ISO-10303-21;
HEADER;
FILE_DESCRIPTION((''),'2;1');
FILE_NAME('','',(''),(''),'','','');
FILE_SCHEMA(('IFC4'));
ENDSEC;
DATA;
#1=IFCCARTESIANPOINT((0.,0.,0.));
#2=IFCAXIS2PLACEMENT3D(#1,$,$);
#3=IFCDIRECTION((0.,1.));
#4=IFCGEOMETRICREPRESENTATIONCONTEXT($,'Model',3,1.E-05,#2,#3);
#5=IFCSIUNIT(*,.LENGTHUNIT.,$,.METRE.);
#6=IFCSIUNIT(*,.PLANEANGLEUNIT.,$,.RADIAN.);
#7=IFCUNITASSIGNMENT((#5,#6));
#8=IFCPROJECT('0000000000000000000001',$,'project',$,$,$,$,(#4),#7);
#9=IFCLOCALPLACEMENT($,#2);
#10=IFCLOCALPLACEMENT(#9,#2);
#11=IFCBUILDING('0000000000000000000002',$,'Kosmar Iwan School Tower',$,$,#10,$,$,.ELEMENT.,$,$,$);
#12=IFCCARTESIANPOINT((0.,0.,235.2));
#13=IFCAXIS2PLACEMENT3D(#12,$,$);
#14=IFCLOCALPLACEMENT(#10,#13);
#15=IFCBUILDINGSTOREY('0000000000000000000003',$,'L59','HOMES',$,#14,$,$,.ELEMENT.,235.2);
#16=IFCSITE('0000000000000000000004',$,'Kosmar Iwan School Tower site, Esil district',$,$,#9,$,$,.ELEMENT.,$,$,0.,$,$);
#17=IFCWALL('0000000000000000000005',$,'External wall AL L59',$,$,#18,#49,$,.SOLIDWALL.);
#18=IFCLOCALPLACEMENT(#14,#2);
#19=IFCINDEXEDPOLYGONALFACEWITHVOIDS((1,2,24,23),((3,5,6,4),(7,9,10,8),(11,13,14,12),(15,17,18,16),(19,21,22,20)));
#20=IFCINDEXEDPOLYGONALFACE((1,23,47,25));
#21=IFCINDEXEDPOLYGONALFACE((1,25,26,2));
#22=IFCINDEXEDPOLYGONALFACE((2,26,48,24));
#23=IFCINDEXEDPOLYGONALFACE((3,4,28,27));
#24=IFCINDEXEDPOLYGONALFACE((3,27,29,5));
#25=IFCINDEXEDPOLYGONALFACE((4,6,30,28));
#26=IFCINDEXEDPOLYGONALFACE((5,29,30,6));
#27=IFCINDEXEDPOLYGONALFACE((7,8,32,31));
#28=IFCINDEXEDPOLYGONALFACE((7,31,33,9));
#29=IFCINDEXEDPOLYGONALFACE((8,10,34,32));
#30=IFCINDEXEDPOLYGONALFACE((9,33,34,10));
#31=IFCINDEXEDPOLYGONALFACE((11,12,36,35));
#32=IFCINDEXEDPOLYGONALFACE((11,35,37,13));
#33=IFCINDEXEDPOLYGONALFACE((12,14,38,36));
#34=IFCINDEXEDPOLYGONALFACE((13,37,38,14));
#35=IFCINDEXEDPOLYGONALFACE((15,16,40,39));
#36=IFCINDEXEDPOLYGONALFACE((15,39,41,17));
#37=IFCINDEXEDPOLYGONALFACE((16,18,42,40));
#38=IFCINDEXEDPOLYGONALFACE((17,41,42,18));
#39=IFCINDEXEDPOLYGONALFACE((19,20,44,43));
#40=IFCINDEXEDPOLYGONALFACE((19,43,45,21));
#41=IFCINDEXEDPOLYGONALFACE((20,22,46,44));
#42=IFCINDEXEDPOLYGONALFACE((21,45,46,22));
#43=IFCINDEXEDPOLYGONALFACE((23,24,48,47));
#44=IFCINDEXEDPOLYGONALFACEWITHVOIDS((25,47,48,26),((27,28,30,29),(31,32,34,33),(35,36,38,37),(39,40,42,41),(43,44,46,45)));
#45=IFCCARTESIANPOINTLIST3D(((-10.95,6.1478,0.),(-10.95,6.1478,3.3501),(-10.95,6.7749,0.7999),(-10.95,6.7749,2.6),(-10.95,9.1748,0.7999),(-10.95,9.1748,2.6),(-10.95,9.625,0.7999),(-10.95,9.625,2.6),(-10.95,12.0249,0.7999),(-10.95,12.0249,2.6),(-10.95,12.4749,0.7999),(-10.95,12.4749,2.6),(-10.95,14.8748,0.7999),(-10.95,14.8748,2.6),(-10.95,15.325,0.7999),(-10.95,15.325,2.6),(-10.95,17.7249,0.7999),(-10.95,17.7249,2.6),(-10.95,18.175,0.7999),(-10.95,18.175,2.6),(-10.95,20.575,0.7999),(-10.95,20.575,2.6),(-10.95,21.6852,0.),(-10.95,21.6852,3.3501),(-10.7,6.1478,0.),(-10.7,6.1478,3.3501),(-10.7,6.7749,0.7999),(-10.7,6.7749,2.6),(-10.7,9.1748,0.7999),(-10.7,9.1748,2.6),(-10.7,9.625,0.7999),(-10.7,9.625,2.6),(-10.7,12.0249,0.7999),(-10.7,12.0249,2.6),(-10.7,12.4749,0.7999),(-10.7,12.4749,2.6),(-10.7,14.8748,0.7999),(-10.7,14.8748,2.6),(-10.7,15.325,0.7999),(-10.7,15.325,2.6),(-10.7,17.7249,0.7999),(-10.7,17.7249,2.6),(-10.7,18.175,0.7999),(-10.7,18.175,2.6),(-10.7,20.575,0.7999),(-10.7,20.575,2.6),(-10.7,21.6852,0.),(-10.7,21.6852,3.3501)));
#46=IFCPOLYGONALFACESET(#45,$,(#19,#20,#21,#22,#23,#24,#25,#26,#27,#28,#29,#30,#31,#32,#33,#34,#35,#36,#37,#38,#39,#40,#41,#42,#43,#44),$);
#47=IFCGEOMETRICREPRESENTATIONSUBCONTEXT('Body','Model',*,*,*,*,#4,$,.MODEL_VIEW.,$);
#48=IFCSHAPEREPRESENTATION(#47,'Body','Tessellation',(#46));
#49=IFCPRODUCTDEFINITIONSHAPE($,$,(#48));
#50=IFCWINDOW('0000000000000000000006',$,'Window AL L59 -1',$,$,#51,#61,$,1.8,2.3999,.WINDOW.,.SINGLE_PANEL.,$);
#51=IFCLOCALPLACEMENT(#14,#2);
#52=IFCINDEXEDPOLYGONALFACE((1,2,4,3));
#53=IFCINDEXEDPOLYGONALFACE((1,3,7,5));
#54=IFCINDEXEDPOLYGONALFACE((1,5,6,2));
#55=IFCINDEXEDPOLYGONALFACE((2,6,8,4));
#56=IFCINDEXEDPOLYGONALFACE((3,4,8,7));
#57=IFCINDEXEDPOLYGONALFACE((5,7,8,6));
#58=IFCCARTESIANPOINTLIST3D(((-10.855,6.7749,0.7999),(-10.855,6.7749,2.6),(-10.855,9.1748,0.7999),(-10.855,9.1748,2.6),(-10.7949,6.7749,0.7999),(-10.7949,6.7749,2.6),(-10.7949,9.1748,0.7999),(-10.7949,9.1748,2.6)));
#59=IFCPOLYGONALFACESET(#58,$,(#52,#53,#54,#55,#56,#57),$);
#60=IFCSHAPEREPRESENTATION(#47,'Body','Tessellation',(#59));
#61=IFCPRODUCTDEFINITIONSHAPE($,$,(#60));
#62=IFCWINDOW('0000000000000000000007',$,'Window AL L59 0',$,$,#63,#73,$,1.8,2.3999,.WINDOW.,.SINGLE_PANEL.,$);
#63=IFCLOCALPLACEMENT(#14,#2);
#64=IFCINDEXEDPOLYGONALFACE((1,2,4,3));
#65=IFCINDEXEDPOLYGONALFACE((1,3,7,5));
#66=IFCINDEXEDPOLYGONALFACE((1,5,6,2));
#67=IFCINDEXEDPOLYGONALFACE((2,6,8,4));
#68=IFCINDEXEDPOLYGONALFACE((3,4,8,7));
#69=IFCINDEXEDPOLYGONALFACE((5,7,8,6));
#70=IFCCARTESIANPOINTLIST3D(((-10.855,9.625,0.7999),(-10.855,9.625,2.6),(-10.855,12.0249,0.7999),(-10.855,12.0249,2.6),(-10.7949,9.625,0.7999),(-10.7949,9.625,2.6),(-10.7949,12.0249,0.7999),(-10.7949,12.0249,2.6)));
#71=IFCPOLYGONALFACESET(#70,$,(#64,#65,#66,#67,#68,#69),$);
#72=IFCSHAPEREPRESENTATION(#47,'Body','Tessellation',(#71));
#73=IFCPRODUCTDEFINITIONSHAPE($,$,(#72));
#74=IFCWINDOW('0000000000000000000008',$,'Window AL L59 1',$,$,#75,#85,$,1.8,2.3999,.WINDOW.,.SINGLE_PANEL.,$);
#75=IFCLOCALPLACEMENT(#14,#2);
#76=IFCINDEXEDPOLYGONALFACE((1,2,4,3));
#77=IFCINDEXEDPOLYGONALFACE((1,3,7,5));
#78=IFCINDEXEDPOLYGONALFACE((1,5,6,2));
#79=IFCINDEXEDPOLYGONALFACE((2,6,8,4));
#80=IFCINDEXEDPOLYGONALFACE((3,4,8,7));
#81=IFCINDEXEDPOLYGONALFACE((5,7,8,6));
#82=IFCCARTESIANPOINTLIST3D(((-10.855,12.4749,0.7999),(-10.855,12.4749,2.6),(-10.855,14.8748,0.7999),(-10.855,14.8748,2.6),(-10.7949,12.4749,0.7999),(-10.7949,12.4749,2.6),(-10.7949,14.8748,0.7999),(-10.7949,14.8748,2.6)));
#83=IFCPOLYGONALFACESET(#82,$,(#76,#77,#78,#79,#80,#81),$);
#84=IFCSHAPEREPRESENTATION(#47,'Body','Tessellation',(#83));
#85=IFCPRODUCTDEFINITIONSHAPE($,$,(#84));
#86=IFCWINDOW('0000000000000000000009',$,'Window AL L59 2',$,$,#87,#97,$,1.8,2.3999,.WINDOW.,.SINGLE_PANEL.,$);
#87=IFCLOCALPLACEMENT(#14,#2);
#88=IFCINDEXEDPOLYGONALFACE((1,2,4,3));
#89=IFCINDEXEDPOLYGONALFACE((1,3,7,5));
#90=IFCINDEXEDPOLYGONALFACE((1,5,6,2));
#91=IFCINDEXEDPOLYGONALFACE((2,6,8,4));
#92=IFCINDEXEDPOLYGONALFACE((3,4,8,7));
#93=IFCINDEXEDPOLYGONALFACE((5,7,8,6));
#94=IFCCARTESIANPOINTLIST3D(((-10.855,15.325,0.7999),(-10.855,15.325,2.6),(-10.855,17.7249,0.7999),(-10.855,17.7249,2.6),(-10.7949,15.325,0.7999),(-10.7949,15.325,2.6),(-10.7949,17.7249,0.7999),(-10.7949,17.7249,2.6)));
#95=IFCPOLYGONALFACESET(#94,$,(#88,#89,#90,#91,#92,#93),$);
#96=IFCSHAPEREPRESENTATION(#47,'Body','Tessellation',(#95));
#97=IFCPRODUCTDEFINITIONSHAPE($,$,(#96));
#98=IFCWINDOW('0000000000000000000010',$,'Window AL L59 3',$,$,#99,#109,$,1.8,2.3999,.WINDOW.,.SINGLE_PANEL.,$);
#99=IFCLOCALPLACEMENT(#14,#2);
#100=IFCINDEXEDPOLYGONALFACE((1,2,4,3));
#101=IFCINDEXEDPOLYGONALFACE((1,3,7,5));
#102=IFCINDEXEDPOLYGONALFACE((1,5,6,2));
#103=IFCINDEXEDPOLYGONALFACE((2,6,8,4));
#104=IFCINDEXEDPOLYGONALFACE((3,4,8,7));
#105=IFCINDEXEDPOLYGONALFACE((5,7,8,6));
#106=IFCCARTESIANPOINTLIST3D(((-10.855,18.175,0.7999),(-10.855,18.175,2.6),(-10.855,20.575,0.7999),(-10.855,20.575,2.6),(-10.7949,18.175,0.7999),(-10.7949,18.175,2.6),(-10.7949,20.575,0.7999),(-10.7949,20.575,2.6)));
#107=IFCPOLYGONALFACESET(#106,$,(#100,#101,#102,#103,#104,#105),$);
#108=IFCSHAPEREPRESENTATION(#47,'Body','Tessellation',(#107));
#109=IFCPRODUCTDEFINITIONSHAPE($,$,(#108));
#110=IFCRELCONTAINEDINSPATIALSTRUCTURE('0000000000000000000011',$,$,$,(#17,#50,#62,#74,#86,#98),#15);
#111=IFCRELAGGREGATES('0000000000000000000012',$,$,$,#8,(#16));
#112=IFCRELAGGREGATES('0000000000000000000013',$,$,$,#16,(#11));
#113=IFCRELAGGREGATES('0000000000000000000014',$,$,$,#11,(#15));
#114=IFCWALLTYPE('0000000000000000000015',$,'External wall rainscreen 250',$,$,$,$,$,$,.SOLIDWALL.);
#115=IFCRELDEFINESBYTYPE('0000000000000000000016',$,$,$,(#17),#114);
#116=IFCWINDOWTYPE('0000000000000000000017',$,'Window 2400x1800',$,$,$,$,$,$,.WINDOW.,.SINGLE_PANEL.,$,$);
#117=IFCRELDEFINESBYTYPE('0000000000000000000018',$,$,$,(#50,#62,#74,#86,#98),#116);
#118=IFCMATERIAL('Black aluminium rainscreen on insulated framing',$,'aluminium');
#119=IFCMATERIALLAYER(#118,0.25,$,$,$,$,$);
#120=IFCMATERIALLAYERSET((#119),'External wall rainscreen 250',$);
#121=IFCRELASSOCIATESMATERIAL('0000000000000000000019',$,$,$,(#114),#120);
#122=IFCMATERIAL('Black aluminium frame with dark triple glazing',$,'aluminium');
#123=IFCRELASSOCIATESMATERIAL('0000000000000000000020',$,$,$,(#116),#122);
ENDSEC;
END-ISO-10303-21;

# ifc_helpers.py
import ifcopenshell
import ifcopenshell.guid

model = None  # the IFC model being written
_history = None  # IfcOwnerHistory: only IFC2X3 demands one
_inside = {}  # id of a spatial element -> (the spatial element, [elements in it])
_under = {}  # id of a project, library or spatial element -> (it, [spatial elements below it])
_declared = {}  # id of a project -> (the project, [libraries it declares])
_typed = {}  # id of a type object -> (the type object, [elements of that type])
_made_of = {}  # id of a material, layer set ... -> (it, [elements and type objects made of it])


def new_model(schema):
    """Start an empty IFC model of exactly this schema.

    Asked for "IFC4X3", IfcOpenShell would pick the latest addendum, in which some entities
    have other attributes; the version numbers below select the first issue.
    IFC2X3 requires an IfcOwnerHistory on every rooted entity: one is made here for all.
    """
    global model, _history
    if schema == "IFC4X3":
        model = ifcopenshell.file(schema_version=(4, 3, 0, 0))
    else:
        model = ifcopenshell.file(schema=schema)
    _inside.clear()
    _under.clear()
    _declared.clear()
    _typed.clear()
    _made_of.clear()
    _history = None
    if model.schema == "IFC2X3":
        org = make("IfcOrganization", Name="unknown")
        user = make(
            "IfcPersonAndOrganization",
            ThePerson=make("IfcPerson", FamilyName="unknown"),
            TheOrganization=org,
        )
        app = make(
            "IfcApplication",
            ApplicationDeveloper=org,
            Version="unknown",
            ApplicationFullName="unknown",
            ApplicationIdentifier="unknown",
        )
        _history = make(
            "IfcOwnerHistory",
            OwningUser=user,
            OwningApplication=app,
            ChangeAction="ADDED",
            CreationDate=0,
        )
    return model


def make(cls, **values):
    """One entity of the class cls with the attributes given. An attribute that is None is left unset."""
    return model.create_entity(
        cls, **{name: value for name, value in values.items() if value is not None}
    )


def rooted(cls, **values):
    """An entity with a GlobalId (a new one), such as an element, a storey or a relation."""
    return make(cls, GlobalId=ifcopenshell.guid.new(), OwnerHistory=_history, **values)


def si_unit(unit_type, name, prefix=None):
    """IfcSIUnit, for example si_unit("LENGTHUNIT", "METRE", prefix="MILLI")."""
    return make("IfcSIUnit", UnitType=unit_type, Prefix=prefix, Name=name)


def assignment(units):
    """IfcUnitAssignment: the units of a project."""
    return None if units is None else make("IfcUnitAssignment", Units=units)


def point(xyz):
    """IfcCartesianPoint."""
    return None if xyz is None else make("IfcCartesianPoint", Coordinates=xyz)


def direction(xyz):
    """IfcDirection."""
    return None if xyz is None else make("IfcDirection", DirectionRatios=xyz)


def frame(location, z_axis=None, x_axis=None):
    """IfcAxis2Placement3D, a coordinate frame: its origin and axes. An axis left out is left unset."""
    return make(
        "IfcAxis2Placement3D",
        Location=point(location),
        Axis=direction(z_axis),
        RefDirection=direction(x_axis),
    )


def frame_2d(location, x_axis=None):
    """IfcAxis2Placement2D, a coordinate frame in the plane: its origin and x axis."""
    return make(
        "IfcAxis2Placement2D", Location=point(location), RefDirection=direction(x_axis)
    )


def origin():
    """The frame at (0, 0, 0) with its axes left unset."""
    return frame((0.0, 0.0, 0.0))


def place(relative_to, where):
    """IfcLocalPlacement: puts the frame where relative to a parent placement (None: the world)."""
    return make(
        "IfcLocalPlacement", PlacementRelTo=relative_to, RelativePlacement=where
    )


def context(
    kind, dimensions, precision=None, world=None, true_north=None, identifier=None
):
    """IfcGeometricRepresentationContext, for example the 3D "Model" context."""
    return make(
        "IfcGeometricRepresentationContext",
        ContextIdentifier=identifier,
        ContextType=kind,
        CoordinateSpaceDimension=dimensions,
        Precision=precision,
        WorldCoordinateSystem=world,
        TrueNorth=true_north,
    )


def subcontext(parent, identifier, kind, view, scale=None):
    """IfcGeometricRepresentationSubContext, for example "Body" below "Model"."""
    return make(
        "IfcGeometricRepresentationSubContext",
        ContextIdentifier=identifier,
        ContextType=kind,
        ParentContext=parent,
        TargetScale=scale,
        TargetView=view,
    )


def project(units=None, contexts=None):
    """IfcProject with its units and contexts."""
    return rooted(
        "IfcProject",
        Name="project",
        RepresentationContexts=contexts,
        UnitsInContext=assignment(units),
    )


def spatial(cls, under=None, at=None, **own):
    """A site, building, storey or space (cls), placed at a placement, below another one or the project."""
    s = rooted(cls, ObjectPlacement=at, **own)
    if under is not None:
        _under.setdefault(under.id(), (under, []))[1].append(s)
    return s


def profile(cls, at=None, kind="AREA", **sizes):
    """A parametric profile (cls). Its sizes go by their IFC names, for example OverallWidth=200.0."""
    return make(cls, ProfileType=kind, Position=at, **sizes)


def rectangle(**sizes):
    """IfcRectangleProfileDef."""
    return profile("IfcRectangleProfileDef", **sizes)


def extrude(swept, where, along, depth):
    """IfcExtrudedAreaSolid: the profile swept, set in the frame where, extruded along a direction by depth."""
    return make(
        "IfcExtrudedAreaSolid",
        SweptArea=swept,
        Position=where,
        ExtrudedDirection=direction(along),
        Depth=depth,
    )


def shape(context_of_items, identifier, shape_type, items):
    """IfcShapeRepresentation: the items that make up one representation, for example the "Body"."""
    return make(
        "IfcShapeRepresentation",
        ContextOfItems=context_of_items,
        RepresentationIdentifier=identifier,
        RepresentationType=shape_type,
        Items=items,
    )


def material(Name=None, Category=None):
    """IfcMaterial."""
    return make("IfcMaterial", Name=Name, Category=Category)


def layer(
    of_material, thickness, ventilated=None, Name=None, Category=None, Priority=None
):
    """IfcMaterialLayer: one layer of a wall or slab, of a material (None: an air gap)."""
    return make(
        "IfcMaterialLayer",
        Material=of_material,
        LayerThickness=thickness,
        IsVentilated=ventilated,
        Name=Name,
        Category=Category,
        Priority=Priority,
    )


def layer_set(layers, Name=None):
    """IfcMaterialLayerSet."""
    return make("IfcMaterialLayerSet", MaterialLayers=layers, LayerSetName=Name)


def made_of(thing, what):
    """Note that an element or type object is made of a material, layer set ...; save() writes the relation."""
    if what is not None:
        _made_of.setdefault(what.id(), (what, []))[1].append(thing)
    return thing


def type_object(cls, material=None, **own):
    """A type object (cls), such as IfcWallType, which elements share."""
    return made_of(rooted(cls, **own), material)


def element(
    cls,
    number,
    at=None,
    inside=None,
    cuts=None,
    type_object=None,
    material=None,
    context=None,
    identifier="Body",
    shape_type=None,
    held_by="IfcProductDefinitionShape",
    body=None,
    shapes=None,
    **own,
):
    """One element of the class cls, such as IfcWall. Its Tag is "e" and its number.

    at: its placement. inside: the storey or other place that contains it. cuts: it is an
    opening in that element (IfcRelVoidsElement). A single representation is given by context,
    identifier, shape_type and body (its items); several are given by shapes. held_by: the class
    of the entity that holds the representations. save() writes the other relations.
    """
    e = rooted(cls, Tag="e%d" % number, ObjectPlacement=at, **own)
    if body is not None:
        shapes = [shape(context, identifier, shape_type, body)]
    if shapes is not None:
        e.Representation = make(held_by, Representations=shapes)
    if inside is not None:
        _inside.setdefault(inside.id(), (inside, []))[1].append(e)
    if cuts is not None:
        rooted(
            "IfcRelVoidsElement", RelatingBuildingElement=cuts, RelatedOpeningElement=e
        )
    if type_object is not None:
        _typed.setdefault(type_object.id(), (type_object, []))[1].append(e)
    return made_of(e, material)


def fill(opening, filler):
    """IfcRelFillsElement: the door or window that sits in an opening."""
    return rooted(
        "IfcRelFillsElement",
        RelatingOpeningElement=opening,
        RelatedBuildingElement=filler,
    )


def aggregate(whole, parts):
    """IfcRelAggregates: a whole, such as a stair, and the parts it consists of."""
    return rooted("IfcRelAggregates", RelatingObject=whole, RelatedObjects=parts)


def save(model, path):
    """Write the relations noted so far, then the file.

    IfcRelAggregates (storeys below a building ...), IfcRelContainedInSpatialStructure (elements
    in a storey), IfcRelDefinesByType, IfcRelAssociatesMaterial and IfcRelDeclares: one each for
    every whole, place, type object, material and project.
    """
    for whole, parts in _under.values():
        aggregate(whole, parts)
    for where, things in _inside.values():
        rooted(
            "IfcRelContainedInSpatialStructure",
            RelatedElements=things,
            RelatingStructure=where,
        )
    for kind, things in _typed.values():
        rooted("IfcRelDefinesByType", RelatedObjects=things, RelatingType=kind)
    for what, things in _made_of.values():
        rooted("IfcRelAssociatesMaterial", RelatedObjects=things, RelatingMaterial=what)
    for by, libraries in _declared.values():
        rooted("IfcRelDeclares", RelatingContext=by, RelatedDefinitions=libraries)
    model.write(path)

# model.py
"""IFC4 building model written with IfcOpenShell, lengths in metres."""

from ifc_helpers import new_model, si_unit, direction, frame, frame_2d, origin, place, context, subcontext, project, spatial, rectangle, extrude, material, layer, layer_set, type_object, element, fill, save


model = new_model("IFC4")

# Units and contexts
model_context = context("Model", 3, precision=1e-05, world=origin(), true_north=direction((0.0, 1.0)))
body_context = subcontext(model_context, "Body", "Model", "MODEL_VIEW")
ifc_project = project(units=[si_unit("LENGTHUNIT", "METRE"), si_unit("PLANEANGLEUNIT", "RADIAN")], contexts=[model_context])

# Site, building, storey
site_placement = place(None, origin())
site = spatial("IfcSite", under=ifc_project, at=site_placement, Name="Kosmar Iwan School Tower site, Esil district", CompositionType="ELEMENT", RefElevation=0.0)
building_placement = place(site_placement, origin())
building = spatial("IfcBuilding", under=site, at=building_placement, Name="Kosmar Iwan School Tower", CompositionType="ELEMENT")
storey_placement = place(building_placement, frame((0.0, 0.0, 235.2)))
storey = spatial("IfcBuildingStorey", under=building, at=storey_placement, Name="L59", Description="HOMES", CompositionType="ELEMENT", Elevation=235.2)

# Wall, openings, windows
ifc_material_1 = material(Name="Black aluminium rainscreen on insulated framing", Category="aluminium")
ifc_layer_1 = layer(ifc_material_1, 0.25)
ifc_layer_set_1 = layer_set([ifc_layer_1], Name="External wall rainscreen 250")
wall_type_1 = type_object("IfcWallType", Name="External wall rainscreen 250", PredefinedType="SOLIDWALL", material=ifc_layer_set_1)
wall_1_placement = place(storey_placement, frame((-10.825, 6.1479, 0.0), z_axis=(0.0, 0.0, 1.0), x_axis=(0.0, 1.0, 0.0)))
wall_1 = element("IfcWall", 1, at=wall_1_placement, inside=storey, type_object=wall_type_1, Name="External wall AL L59", PredefinedType="SOLIDWALL", context=body_context, shape_type="SweptSolid", body=[
    extrude(rectangle(XDim=15.5374, YDim=0.25, at=frame_2d((7.7686, 0.0))), origin(), (0.0, 0.0, 1.0), 3.3501),
])
opening_1_placement = place(wall_1_placement, frame((0.627, 0.0, 0.8)))
opening_1 = element("IfcOpeningElement", 2, at=opening_1_placement, cuts=wall_1, PredefinedType="OPENING", context=body_context, shape_type="SweptSolid", body=[
    extrude(rectangle(XDim=2.3999, YDim=1.8, at=frame_2d((1.2, 0.8999))), frame((0.0, 0.137, 0.0), z_axis=(0.0, -1.0, 0.0), x_axis=(1.0, 0.0, 0.0)), (0.0, 0.0, 1.0), 0.2739),
])
opening_2_placement = place(wall_1_placement, frame((3.4771, 0.0, 0.8)))
opening_2 = element("IfcOpeningElement", 3, at=opening_2_placement, cuts=wall_1, PredefinedType="OPENING", context=body_context, shape_type="SweptSolid", body=[
    extrude(rectangle(XDim=2.3999, YDim=1.8, at=frame_2d((1.2, 0.8999))), frame((0.0, 0.137, 0.0), z_axis=(0.0, -1.0, 0.0), x_axis=(1.0, 0.0, 0.0)), (0.0, 0.0, 1.0), 0.2739),
])
opening_3_placement = place(wall_1_placement, frame((6.3269, 0.0, 0.8)))
opening_3 = element("IfcOpeningElement", 4, at=opening_3_placement, cuts=wall_1, PredefinedType="OPENING", context=body_context, shape_type="SweptSolid", body=[
    extrude(rectangle(XDim=2.3999, YDim=1.8, at=frame_2d((1.2, 0.8999))), frame((0.0, 0.137, 0.0), z_axis=(0.0, -1.0, 0.0), x_axis=(1.0, 0.0, 0.0)), (0.0, 0.0, 1.0), 0.2739),
])
opening_4_placement = place(wall_1_placement, frame((9.177, 0.0, 0.8)))
opening_4 = element("IfcOpeningElement", 5, at=opening_4_placement, cuts=wall_1, PredefinedType="OPENING", context=body_context, shape_type="SweptSolid", body=[
    extrude(rectangle(XDim=2.3999, YDim=1.8, at=frame_2d((1.2, 0.8999))), frame((0.0, 0.137, 0.0), z_axis=(0.0, -1.0, 0.0), x_axis=(1.0, 0.0, 0.0)), (0.0, 0.0, 1.0), 0.2739),
])
opening_5_placement = place(wall_1_placement, frame((12.0271, 0.0, 0.8)))
opening_5 = element("IfcOpeningElement", 6, at=opening_5_placement, cuts=wall_1, PredefinedType="OPENING", context=body_context, shape_type="SweptSolid", body=[
    extrude(rectangle(XDim=2.3999, YDim=1.8, at=frame_2d((1.2, 0.8999))), frame((0.0, 0.137, 0.0), z_axis=(0.0, -1.0, 0.0), x_axis=(1.0, 0.0, 0.0)), (0.0, 0.0, 1.0), 0.2739),
])
ifc_material_2 = material(Name="Black aluminium frame with dark triple glazing", Category="aluminium")
window_type = type_object("IfcWindowType", Name="Window 2400x1800", PartitioningType="SINGLE_PANEL", PredefinedType="WINDOW", material=ifc_material_2)
window_1_placement = place(opening_1_placement, origin())
window_1 = element("IfcWindow", 7, at=window_1_placement, inside=storey, type_object=window_type, Name="Window AL L59 -1", OverallHeight=1.8, OverallWidth=2.3999, PartitioningType="SINGLE_PANEL", PredefinedType="WINDOW", context=body_context, shape_type="SweptSolid", body=[
    extrude(rectangle(XDim=2.3999, YDim=1.8, at=frame_2d((1.2, 0.8999))), frame((0.0, 0.03, 0.0), z_axis=(0.0, -1.0, 0.0), x_axis=(1.0, 0.0, 0.0)), (0.0, 0.0, 1.0), 0.0601),
])
fill(opening_1, window_1)
window_2_placement = place(opening_2_placement, origin())
window_2 = element("IfcWindow", 8, at=window_2_placement, inside=storey, type_object=window_type, Name="Window AL L59 0", OverallHeight=1.8, OverallWidth=2.3999, PartitioningType="SINGLE_PANEL", PredefinedType="WINDOW", context=body_context, shape_type="SweptSolid", body=[
    extrude(rectangle(XDim=2.3999, YDim=1.8, at=frame_2d((1.2, 0.8999))), frame((0.0, 0.03, 0.0), z_axis=(0.0, -1.0, 0.0), x_axis=(1.0, 0.0, 0.0)), (0.0, 0.0, 1.0), 0.0601),
])
fill(opening_2, window_2)
window_3_placement = place(opening_3_placement, origin())
window_3 = element("IfcWindow", 9, at=window_3_placement, inside=storey, type_object=window_type, Name="Window AL L59 1", OverallHeight=1.8, OverallWidth=2.3999, PartitioningType="SINGLE_PANEL", PredefinedType="WINDOW", context=body_context, shape_type="SweptSolid", body=[
    extrude(rectangle(XDim=2.3999, YDim=1.8, at=frame_2d((1.2, 0.8999))), frame((0.0, 0.03, 0.0), z_axis=(0.0, -1.0, 0.0), x_axis=(1.0, 0.0, 0.0)), (0.0, 0.0, 1.0), 0.0601),
])
fill(opening_3, window_3)
window_4_placement = place(opening_4_placement, origin())
window_4 = element("IfcWindow", 10, at=window_4_placement, inside=storey, type_object=window_type, Name="Window AL L59 2", OverallHeight=1.8, OverallWidth=2.3999, PartitioningType="SINGLE_PANEL", PredefinedType="WINDOW", context=body_context, shape_type="SweptSolid", body=[
    extrude(rectangle(XDim=2.3999, YDim=1.8, at=frame_2d((1.2, 0.8999))), frame((0.0, 0.03, 0.0), z_axis=(0.0, -1.0, 0.0), x_axis=(1.0, 0.0, 0.0)), (0.0, 0.0, 1.0), 0.0601),
])
fill(opening_4, window_4)
window_5_placement = place(opening_5_placement, origin())
window_5 = element("IfcWindow", 11, at=window_5_placement, inside=storey, type_object=window_type, Name="Window AL L59 3", OverallHeight=1.8, OverallWidth=2.3999, PartitioningType="SINGLE_PANEL", PredefinedType="WINDOW", context=body_context, shape_type="SweptSolid", body=[
    extrude(rectangle(XDim=2.3999, YDim=1.8, at=frame_2d((1.2, 0.8999))), frame((0.0, 0.03, 0.0), z_axis=(0.0, -1.0, 0.0), x_axis=(1.0, 0.0, 0.0)), (0.0, 0.0, 1.0), 0.0601),
])
fill(opening_5, window_5)

save(model, "model.ifc")
